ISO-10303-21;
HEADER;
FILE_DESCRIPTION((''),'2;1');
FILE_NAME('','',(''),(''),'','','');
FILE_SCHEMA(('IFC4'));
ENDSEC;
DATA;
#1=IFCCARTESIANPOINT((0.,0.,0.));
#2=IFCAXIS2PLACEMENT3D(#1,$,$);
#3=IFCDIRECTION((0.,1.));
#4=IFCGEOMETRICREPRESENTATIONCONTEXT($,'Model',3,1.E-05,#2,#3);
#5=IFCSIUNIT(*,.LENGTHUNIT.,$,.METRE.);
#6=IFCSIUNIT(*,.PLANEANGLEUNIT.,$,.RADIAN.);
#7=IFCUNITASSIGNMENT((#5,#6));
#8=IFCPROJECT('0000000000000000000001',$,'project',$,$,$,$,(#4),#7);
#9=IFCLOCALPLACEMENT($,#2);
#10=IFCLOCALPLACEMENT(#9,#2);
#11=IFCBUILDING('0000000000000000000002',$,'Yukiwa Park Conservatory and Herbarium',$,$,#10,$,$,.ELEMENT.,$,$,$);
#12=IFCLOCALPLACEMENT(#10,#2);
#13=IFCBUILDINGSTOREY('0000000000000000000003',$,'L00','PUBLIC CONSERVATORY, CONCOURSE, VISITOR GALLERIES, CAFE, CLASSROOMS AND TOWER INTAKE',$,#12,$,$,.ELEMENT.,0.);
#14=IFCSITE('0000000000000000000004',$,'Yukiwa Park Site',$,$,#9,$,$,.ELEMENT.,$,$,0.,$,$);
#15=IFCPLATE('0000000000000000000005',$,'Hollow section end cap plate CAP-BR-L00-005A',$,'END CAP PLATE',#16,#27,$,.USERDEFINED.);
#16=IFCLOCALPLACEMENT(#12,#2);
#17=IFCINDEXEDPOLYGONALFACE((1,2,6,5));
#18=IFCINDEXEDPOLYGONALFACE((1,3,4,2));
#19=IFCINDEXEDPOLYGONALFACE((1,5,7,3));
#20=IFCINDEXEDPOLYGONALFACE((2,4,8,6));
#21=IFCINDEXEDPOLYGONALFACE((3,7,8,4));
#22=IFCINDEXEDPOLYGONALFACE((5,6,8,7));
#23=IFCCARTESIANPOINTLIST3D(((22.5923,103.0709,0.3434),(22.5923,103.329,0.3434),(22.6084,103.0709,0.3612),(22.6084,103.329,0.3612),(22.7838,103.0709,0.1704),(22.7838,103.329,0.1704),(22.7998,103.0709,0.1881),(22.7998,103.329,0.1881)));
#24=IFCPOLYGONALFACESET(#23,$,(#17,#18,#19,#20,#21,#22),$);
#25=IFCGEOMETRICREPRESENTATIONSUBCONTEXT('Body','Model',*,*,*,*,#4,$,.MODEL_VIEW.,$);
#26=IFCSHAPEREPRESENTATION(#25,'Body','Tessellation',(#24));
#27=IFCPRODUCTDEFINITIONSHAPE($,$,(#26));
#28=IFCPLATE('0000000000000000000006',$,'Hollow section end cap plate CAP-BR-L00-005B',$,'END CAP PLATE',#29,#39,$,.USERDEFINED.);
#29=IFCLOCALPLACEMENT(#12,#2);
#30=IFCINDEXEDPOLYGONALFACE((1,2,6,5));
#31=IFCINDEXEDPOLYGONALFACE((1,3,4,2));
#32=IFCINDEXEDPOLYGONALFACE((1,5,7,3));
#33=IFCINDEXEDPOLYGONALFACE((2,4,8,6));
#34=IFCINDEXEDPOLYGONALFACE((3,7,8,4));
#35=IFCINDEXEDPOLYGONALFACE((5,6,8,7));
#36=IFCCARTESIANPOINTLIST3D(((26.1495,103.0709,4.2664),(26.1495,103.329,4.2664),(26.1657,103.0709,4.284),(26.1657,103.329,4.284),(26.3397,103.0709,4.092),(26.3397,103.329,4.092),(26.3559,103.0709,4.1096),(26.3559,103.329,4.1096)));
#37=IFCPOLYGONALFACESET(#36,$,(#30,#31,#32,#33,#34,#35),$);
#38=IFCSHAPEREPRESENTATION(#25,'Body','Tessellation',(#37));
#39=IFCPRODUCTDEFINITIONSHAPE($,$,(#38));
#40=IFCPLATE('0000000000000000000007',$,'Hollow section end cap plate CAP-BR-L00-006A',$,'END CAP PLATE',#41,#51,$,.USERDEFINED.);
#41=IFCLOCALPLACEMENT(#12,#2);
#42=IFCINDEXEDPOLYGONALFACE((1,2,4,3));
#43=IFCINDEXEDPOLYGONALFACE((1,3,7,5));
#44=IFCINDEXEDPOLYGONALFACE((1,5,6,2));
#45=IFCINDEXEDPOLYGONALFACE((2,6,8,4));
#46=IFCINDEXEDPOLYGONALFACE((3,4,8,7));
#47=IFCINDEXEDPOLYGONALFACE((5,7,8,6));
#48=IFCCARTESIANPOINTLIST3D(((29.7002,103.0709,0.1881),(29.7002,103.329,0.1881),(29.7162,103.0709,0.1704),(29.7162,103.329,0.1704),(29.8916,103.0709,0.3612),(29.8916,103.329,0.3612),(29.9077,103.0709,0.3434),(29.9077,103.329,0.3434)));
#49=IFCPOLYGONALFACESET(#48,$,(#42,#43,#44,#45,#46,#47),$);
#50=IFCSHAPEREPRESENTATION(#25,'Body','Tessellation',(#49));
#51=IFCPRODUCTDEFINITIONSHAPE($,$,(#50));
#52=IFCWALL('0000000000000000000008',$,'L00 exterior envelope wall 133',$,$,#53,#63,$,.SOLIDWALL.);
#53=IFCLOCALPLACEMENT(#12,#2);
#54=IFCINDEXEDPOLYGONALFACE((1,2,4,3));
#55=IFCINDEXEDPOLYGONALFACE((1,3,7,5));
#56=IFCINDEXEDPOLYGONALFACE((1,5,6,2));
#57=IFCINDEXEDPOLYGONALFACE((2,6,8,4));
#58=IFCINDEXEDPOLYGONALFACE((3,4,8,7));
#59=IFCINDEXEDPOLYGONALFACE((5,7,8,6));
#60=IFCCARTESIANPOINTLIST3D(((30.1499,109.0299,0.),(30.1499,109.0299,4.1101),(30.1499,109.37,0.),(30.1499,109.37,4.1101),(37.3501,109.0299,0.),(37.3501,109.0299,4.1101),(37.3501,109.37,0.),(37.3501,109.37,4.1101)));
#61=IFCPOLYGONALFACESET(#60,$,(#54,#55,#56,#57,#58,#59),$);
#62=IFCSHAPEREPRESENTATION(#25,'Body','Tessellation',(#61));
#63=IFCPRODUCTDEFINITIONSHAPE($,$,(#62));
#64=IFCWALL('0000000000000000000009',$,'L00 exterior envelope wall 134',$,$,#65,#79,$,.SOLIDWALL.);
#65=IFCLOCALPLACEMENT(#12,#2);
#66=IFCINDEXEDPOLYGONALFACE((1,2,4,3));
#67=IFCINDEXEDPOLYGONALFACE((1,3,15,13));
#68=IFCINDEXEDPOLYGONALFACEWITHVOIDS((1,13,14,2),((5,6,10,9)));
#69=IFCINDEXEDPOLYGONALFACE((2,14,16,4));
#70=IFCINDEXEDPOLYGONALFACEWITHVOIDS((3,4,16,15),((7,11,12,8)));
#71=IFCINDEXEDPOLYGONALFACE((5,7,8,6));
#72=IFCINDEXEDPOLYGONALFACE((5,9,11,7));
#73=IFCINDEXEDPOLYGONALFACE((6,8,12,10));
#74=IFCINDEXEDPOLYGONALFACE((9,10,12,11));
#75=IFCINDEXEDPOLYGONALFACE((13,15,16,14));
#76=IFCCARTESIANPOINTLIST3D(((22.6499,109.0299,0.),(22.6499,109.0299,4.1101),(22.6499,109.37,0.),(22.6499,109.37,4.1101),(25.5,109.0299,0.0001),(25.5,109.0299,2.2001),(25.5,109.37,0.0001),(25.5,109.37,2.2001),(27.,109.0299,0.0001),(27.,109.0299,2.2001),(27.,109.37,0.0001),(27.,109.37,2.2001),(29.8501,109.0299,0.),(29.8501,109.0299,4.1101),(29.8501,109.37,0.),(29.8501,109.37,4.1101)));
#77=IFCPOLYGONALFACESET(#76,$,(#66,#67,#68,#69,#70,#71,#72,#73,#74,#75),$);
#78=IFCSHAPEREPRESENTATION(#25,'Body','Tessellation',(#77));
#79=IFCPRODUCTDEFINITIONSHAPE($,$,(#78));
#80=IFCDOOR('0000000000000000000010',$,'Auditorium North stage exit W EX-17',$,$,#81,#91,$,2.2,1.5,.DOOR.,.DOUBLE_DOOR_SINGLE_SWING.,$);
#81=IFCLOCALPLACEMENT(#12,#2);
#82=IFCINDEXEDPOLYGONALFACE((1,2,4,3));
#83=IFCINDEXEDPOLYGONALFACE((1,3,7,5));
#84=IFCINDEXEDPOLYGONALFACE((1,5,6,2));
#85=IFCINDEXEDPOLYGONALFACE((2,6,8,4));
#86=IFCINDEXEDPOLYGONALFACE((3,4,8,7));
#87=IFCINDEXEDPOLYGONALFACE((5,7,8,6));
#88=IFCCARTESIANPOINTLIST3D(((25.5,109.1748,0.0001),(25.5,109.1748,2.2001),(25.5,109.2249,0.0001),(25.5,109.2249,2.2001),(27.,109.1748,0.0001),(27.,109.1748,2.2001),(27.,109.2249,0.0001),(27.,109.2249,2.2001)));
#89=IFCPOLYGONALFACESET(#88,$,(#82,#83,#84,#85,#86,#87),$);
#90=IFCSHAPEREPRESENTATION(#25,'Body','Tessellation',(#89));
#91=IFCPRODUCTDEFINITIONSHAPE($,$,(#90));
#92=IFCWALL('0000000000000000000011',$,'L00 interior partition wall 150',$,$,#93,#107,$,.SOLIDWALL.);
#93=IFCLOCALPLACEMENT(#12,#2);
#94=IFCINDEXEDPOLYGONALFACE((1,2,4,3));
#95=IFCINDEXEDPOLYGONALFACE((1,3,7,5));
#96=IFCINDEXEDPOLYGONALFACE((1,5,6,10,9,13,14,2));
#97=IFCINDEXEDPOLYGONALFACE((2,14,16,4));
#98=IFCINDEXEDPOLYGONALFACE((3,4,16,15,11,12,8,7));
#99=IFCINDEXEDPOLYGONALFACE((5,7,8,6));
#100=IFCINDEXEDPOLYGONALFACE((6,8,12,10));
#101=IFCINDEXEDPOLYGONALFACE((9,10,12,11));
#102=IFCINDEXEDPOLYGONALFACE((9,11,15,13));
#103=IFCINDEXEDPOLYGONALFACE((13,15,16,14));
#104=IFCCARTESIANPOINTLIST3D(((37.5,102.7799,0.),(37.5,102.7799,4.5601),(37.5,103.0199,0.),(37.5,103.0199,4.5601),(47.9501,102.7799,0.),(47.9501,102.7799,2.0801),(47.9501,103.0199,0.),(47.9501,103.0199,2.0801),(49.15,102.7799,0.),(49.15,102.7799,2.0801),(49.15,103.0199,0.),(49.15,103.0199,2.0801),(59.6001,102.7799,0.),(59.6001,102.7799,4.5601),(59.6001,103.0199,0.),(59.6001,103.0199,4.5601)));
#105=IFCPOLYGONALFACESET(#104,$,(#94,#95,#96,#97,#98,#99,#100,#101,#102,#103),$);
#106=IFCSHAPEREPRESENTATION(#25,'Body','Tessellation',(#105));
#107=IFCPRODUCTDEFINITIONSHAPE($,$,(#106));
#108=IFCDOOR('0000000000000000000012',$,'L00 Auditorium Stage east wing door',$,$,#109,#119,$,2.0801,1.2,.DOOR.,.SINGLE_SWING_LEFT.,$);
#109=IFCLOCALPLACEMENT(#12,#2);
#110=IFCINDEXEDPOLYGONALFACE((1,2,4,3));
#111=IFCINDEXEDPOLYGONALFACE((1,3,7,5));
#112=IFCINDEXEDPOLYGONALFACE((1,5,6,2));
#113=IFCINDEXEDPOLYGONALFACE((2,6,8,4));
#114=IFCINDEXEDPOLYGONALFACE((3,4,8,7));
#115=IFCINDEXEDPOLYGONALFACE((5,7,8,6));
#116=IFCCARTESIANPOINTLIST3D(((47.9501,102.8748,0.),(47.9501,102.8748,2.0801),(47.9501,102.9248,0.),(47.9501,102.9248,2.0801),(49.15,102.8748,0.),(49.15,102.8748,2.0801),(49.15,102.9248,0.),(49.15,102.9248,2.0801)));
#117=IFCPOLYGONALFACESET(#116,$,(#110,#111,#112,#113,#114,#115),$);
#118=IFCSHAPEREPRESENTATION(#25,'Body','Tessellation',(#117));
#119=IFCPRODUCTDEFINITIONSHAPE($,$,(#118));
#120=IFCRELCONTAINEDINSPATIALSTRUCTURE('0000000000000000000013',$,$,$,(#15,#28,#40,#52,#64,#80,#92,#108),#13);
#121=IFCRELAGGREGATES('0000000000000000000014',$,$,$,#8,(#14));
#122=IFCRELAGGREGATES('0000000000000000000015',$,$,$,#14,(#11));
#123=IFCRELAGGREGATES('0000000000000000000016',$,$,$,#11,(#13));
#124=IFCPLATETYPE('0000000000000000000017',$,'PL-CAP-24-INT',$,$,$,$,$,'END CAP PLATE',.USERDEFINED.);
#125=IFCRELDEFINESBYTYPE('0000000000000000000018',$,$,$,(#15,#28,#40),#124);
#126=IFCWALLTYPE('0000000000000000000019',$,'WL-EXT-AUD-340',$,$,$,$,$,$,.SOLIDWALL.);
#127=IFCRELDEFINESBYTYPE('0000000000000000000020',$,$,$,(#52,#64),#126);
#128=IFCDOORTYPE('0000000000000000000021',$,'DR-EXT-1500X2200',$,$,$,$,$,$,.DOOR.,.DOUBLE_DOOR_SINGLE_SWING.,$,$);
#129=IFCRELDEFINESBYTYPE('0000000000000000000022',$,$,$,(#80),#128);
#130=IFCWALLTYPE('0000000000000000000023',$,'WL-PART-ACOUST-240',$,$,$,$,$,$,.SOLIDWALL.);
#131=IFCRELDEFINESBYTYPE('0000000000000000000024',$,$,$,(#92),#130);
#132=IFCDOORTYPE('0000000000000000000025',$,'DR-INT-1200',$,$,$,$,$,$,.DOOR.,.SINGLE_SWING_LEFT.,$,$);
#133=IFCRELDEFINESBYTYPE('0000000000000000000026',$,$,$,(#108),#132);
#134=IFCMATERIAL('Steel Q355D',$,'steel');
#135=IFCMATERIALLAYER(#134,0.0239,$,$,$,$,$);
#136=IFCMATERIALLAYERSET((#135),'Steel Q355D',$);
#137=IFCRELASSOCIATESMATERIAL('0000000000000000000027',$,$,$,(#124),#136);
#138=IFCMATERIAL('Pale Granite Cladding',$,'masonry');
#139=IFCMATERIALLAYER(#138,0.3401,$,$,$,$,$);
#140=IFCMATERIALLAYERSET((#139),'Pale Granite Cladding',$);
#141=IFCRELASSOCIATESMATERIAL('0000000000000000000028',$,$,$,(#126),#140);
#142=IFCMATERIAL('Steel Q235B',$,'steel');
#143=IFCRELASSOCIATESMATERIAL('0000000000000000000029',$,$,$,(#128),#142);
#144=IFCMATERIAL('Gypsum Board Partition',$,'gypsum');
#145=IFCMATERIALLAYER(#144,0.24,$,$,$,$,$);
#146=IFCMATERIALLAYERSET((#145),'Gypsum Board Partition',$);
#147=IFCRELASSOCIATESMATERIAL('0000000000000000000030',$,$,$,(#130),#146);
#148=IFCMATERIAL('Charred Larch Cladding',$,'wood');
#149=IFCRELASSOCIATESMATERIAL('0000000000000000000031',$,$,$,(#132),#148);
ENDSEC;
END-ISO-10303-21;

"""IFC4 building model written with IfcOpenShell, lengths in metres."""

from ifc_helpers import new_model, si_unit, direction, frame, frame_2d, origin, origin_2d, place, context, subcontext, project, spatial, rectangle, extrude, material, layer, layer_set, type_object, element, fill, save


model = new_model("IFC4")

# Units and contexts
model_context = context("Model", 3, precision=1e-05, world=origin(), true_north=direction((0.0, 1.0)))
body_context = subcontext(model_context, "Body", "Model", "MODEL_VIEW")
ifc_project = project(units=[si_unit("LENGTHUNIT", "METRE"), si_unit("PLANEANGLEUNIT", "RADIAN")], contexts=[model_context])

# Site, building, storey
site_placement = place(None, origin())
site = spatial("IfcSite", under=ifc_project, at=site_placement, Name="Yukiwa Park Site", CompositionType="ELEMENT", RefElevation=0.0)
building_placement = place(site_placement, origin())
building = spatial("IfcBuilding", under=site, at=building_placement, Name="Yukiwa Park Conservatory and Herbarium", CompositionType="ELEMENT")
storey_placement = place(building_placement, origin())
storey = spatial("IfcBuildingStorey", under=building, at=storey_placement, Name="L00", Description="PUBLIC CONSERVATORY, CONCOURSE, VISITOR GALLERIES, CAFE, CLASSROOMS AND TOWER INTAKE", CompositionType="ELEMENT", Elevation=0.0)

# Plates
ifc_material_1 = material(Name="Steel Q355D", Category="steel")
ifc_layer_1 = layer(ifc_material_1, 0.0239)
ifc_layer_set_1 = layer_set([ifc_layer_1], Name="Steel Q355D")
plate_type = type_object("IfcPlateType", Name="PL-CAP-24-INT", ElementType="END CAP PLATE", PredefinedType="USERDEFINED", material=ifc_layer_set_1)
for number, where, z_axis, x_axis, name in (
    (1, (22.7041, 103.2, 0.2747), (-0.670647, 0.0, -0.741776), (0.0, -1.0, 0.0), "Hollow section end cap plate CAP-BR-L00-005A"),
    (2, (26.2446, 103.2, 4.1792), (0.675725, 0.0, 0.737154), (0.0, 1.0, 0.0), "Hollow section end cap plate CAP-BR-L00-005B"),
    (3, (29.7959, 103.2, 0.2747), (0.670647, 0.0, -0.741776), (0.0, 1.0, 0.0), "Hollow section end cap plate CAP-BR-L00-006A"),
):
    element("IfcPlate", number, at=place(storey_placement, frame(where, z_axis=z_axis, x_axis=x_axis)), inside=storey, type_object=plate_type, Name=name, ObjectType="END CAP PLATE", PredefinedType="USERDEFINED", context=body_context, shape_type="SweptSolid", body=[
        extrude(rectangle(XDim=0.2581, YDim=0.2581, at=origin_2d()), origin(), (0.0, 0.0, 1.0), 0.0239),
    ])

# Wall
ifc_material_2 = material(Name="Pale Granite Cladding", Category="masonry")
ifc_layer_2 = layer(ifc_material_2, 0.3401)
ifc_layer_set_2 = layer_set([ifc_layer_2], Name="Pale Granite Cladding")
wall_type_1 = type_object("IfcWallType", Name="WL-EXT-AUD-340", PredefinedType="SOLIDWALL", material=ifc_layer_set_2)
wall_1_placement = place(storey_placement, frame((37.3501, 109.2, 0.0), z_axis=(0.0, 0.0, 1.0), x_axis=(-1.0, 0.0, 0.0)))
element("IfcWall", 4, at=wall_1_placement, inside=storey, type_object=wall_type_1, Name="L00 exterior envelope wall 133", PredefinedType="SOLIDWALL", context=body_context, shape_type="SweptSolid", body=[
    extrude(rectangle(XDim=7.2002, YDim=0.3401, at=frame_2d((3.6001, 0.0))), origin(), (0.0, 0.0, 1.0), 4.1101),
])

# Walls, openings, doors
wall_2_placement = place(storey_placement, frame((29.8501, 109.2, 0.0), z_axis=(0.0, 0.0, 1.0), x_axis=(-1.0, 0.0, 0.0)))
wall_2 = element("IfcWall", 5, at=wall_2_placement, inside=storey, type_object=wall_type_1, Name="L00 exterior envelope wall 134", PredefinedType="SOLIDWALL", context=body_context, shape_type="SweptSolid", body=[
    extrude(rectangle(XDim=7.2002, YDim=0.3401, at=frame_2d((3.6001, 0.0))), origin(), (0.0, 0.0, 1.0), 4.1101),
])
opening_1_placement = place(wall_2_placement, frame((2.8501, 0.0, 0.0)))
opening_1 = element("IfcOpeningElement", 6, at=opening_1_placement, cuts=wall_2, PredefinedType="OPENING", context=body_context, shape_type="SweptSolid", body=[
    extrude(rectangle(XDim=1.5, YDim=2.2, at=frame_2d((0.75, 1.1001))), frame((0.0, 0.1802, 0.0), z_axis=(0.0, -1.0, 0.0), x_axis=(1.0, 0.0, 0.0)), (0.0, 0.0, 1.0), 0.3601),
])
ifc_material_3 = material(Name="Steel Q235B", Category="steel")
door_type_1 = type_object("IfcDoorType", Name="DR-EXT-1500X2200", OperationType="DOUBLE_DOOR_SINGLE_SWING", PredefinedType="DOOR", material=ifc_material_3)
door_1_placement = place(opening_1_placement, frame((1.5, 0.0, 0.0), z_axis=(0.0, 0.0, 1.0), x_axis=(-1.0, 0.0, 0.0)))
door_1 = element("IfcDoor", 7, at=door_1_placement, inside=storey, type_object=door_type_1, Name="Auditorium North stage exit W EX-17", OperationType="DOUBLE_DOOR_SINGLE_SWING", OverallHeight=2.2, OverallWidth=1.5, PredefinedType="DOOR", context=body_context, shape_type="SweptSolid", body=[
    extrude(rectangle(XDim=1.5, YDim=2.2, at=frame_2d((0.75, 1.1001))), frame((0.0, 0.0249, 0.0), z_axis=(0.0, -1.0, 0.0), x_axis=(1.0, 0.0, 0.0)), (0.0, 0.0, 1.0), 0.05),
])
fill(opening_1, door_1)
ifc_material_4 = material(Name="Gypsum Board Partition", Category="gypsum")
ifc_layer_3 = layer(ifc_material_4, 0.24)
ifc_layer_set_3 = layer_set([ifc_layer_3], Name="Gypsum Board Partition")
wall_type_2 = type_object("IfcWallType", Name="WL-PART-ACOUST-240", PredefinedType="SOLIDWALL", material=ifc_layer_set_3)
wall_3_placement = place(storey_placement, frame((37.5, 102.8999, 0.0), z_axis=(0.0, 0.0, 1.0), x_axis=(1.0, 0.0, 0.0)))
wall_3 = element("IfcWall", 8, at=wall_3_placement, inside=storey, type_object=wall_type_2, Name="L00 interior partition wall 150", PredefinedType="SOLIDWALL", context=body_context, shape_type="SweptSolid", body=[
    extrude(rectangle(XDim=22.1001, YDim=0.24, at=frame_2d((11.05, 0.0))), origin(), (0.0, 0.0, 1.0), 4.5601),
])
opening_2_placement = place(wall_3_placement, frame((10.45, 0.0, 0.0)))
opening_2 = element("IfcOpeningElement", 9, at=opening_2_placement, cuts=wall_3, PredefinedType="OPENING", context=body_context, shape_type="SweptSolid", body=[
    extrude(rectangle(XDim=1.2, YDim=2.0801, at=frame_2d((0.6001, 1.04))), frame((0.0, 0.1299, 0.0), z_axis=(0.0, -1.0, 0.0), x_axis=(1.0, 0.0, 0.0)), (0.0, 0.0, 1.0), 0.26),
])
ifc_material_5 = material(Name="Charred Larch Cladding", Category="wood")
door_type_2 = type_object("IfcDoorType", Name="DR-INT-1200", OperationType="SINGLE_SWING_LEFT", PredefinedType="DOOR", material=ifc_material_5)
door_2_placement = place(opening_2_placement, origin())
door_2 = element("IfcDoor", 10, at=door_2_placement, inside=storey, type_object=door_type_2, Name="L00 Auditorium Stage east wing door", OperationType="SINGLE_SWING_LEFT", OverallHeight=2.0801, OverallWidth=1.2, PredefinedType="DOOR", context=body_context, shape_type="SweptSolid", body=[
    extrude(rectangle(XDim=1.2, YDim=2.0801, at=frame_2d((0.6001, 1.04))), frame((0.0, 0.0249, 0.0), z_axis=(0.0, -1.0, 0.0), x_axis=(1.0, 0.0, 0.0)), (0.0, 0.0, 1.0), 0.05),
])
fill(opening_2, door_2)

save(model, "model.ifc")
